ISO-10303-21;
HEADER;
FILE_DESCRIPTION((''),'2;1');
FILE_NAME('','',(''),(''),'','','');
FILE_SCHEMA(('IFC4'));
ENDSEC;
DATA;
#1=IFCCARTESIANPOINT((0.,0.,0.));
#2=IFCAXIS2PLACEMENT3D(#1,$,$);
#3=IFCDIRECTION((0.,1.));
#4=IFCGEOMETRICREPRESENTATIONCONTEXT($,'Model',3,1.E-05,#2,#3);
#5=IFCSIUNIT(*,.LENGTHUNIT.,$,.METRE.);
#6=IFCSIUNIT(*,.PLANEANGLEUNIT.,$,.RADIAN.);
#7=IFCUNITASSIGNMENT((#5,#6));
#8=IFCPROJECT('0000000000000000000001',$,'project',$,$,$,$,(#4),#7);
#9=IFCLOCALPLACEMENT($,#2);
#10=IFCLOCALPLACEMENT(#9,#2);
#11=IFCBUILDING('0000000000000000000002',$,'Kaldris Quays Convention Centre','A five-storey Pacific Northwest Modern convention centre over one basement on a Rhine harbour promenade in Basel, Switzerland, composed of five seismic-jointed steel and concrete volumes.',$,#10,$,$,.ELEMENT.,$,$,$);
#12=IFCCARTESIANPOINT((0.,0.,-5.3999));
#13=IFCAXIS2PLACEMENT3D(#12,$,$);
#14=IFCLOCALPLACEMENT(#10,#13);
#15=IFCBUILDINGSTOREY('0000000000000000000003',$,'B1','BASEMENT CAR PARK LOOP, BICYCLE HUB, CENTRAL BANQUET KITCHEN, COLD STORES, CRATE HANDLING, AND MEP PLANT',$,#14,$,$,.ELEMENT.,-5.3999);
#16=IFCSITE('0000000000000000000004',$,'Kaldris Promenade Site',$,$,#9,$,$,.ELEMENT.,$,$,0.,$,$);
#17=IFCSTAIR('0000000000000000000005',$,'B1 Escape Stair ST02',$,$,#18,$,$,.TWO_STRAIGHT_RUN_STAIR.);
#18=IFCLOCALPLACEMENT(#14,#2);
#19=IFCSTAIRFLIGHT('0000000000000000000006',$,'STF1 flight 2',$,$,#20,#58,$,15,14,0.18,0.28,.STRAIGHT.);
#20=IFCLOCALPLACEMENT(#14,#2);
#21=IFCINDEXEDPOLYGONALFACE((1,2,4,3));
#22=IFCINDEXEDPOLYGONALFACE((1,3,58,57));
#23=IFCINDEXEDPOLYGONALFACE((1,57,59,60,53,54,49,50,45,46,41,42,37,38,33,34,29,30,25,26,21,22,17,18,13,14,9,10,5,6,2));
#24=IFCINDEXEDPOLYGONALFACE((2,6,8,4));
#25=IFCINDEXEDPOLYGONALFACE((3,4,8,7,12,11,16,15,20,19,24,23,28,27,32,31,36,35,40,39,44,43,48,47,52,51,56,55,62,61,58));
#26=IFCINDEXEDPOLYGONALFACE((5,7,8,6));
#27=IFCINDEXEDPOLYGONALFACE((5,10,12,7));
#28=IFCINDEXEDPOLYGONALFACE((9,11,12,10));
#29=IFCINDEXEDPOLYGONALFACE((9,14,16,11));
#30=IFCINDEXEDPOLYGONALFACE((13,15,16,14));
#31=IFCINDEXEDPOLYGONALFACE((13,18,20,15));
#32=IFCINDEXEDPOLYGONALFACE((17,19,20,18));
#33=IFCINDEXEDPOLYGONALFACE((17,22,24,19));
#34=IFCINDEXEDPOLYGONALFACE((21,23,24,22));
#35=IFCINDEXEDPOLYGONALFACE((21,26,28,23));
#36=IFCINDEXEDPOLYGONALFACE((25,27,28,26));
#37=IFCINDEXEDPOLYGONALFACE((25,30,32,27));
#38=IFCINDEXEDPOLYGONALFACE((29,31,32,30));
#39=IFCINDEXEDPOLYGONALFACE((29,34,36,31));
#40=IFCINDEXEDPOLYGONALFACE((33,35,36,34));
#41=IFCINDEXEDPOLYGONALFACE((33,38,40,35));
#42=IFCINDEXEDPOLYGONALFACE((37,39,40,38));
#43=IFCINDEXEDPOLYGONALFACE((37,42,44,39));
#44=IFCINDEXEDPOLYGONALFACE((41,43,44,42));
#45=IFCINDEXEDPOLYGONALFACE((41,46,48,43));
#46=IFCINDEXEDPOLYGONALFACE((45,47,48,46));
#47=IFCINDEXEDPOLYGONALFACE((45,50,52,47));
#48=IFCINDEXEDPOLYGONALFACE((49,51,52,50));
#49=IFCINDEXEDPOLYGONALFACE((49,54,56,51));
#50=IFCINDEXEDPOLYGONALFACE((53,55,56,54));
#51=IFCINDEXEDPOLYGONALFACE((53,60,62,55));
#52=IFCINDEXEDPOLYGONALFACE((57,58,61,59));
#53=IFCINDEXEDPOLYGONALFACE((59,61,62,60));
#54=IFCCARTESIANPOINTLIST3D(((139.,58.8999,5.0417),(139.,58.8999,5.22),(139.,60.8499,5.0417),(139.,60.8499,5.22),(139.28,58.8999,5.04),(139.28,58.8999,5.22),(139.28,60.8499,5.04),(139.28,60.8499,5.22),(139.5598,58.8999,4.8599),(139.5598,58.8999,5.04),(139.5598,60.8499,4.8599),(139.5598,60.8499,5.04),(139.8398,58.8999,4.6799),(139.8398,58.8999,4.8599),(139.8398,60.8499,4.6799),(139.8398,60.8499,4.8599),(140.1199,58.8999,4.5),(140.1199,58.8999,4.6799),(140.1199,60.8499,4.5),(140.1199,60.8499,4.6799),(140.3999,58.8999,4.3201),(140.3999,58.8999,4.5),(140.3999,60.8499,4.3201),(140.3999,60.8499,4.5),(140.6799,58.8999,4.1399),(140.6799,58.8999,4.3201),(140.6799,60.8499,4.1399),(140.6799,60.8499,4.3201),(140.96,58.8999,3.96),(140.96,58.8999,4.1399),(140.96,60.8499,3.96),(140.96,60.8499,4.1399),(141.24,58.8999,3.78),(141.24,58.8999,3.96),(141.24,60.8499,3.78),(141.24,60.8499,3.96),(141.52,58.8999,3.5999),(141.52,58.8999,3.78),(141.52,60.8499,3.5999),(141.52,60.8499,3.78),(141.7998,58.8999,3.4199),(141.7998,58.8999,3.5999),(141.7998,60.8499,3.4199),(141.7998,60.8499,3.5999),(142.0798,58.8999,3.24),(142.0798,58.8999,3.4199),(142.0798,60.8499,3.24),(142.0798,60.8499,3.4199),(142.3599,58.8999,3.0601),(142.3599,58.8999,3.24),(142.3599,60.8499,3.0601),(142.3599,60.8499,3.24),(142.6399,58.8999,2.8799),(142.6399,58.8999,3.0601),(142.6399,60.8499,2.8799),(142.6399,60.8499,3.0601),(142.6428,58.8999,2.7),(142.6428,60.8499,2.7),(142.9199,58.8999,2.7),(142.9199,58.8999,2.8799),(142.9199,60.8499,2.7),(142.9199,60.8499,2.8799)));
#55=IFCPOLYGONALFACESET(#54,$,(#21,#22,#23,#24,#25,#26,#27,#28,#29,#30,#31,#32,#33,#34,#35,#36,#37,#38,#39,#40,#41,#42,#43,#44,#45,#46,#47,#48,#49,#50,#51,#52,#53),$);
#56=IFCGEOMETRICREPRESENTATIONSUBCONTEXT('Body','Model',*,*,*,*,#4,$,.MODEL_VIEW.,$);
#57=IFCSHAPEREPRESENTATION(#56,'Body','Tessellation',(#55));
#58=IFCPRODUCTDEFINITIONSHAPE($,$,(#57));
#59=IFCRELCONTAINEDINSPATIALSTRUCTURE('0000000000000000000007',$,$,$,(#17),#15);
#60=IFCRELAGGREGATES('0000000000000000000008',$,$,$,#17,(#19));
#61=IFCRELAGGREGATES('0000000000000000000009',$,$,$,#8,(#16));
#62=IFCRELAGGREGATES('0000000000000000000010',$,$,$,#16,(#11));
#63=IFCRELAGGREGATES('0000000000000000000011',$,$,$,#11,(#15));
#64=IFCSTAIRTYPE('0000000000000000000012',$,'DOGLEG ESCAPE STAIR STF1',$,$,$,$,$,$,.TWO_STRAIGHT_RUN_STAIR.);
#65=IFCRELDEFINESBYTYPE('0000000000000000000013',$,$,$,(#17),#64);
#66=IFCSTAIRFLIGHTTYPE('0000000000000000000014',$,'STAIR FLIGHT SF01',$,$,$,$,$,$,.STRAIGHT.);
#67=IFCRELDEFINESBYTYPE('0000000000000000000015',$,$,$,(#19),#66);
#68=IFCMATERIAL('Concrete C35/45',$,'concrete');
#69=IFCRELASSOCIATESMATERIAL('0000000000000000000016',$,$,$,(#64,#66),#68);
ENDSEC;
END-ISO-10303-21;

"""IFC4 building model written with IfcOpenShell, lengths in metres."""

from ifc_helpers import new_model, si_unit, direction, frame, origin, place, context, subcontext, project, spatial, polyline, outline, extrude, material, type_object, element, aggregate, save


model = new_model("IFC4")

# Units and contexts
model_context = context("Model", 3, precision=1e-05, world=origin(), true_north=direction((0.0, 1.0)))
body_context = subcontext(model_context, "Body", "Model", "MODEL_VIEW")
ifc_project = project(units=[si_unit("LENGTHUNIT", "METRE"), si_unit("PLANEANGLEUNIT", "RADIAN")], contexts=[model_context])

# Site, building, storey
site_placement = place(None, origin())
site = spatial("IfcSite", under=ifc_project, at=site_placement, Name="Kaldris Promenade Site", CompositionType="ELEMENT", RefElevation=0.0)
building_placement = place(site_placement, origin())
building = spatial("IfcBuilding", under=site, at=building_placement, Name="Kaldris Quays Convention Centre", Description="A five-storey Pacific Northwest Modern convention centre over one basement on a Rhine harbour promenade in Basel, Switzerland, composed of five seismic-jointed steel and concrete volumes.", CompositionType="ELEMENT")
storey_placement = place(building_placement, frame((0.0, 0.0, -5.3999)))
storey = spatial("IfcBuildingStorey", under=building, at=storey_placement, Name="B1", Description="BASEMENT CAR PARK LOOP, BICYCLE HUB, CENTRAL BANQUET KITCHEN, COLD STORES, CRATE HANDLING, AND MEP PLANT", CompositionType="ELEMENT", Elevation=-5.3999)

# Shared definitions
ifc_material_1 = material(Name="Concrete C35/45", Category="concrete")

# Stair, stair flight
stair_type = type_object("IfcStairType", Name="DOGLEG ESCAPE STAIR STF1", PredefinedType="TWO_STRAIGHT_RUN_STAIR", material=ifc_material_1)
stair_placement = place(storey_placement, origin())
stair = element("IfcStair", 1, at=stair_placement, inside=storey, type_object=stair_type, Name="B1 Escape Stair ST02", PredefinedType="TWO_STRAIGHT_RUN_STAIR")
stair_flight_type = type_object("IfcStairFlightType", Name="STAIR FLIGHT SF01", PredefinedType="STRAIGHT", material=ifc_material_1)
stair_flight_1_placement = place(storey_placement, frame((142.9199, 59.875, 2.7), z_axis=(0.0, 0.0, 1.0), x_axis=(-1.0, 0.0, 0.0)))
stair_flight_1 = element("IfcStairFlight", 2, at=stair_flight_1_placement, type_object=stair_flight_type, Name="STF1 flight 2", NumberOfRisers=15, NumberOfTreads=14, PredefinedType="STRAIGHT", RiserHeight=0.18, TreadLength=0.28, context=body_context, shape_type="SweptSolid", body=[
    extrude(outline(polyline([(0.0, 0.0), (0.0, 0.1799), (0.28, 0.1799), (0.28, 0.3601), (0.5601, 0.3601), (0.5601, 0.54), (0.8401, 0.54), (0.8401, 0.72), (1.1201, 0.72), (1.1201, 0.8999), (1.3999, 0.8999), (1.3999, 1.0801), (1.6799, 1.0801), (1.6799, 1.26), (1.96, 1.26), (1.96, 1.4399), (2.24, 1.4399), (2.24, 1.6201), (2.52, 1.6201), (2.52, 1.8), (2.8, 1.8), (2.8, 1.98), (3.0801, 1.98), (3.0801, 2.1599), (3.3601, 2.1599), (3.3601, 2.3401), (3.6399, 2.3401), (3.6399, 2.52), (3.9199, 2.52), (3.9199, 2.7), (3.9199, 2.3418), (0.2771, 0.0), (0.0, 0.0)])), frame((0.0, 0.9751, 0.0), z_axis=(0.0, -1.0, 0.0), x_axis=(1.0, 0.0, 0.0)), (0.0, 0.0, 1.0), 1.95),
])
aggregate(stair, [stair_flight_1])

save(model, "model.ifc")
